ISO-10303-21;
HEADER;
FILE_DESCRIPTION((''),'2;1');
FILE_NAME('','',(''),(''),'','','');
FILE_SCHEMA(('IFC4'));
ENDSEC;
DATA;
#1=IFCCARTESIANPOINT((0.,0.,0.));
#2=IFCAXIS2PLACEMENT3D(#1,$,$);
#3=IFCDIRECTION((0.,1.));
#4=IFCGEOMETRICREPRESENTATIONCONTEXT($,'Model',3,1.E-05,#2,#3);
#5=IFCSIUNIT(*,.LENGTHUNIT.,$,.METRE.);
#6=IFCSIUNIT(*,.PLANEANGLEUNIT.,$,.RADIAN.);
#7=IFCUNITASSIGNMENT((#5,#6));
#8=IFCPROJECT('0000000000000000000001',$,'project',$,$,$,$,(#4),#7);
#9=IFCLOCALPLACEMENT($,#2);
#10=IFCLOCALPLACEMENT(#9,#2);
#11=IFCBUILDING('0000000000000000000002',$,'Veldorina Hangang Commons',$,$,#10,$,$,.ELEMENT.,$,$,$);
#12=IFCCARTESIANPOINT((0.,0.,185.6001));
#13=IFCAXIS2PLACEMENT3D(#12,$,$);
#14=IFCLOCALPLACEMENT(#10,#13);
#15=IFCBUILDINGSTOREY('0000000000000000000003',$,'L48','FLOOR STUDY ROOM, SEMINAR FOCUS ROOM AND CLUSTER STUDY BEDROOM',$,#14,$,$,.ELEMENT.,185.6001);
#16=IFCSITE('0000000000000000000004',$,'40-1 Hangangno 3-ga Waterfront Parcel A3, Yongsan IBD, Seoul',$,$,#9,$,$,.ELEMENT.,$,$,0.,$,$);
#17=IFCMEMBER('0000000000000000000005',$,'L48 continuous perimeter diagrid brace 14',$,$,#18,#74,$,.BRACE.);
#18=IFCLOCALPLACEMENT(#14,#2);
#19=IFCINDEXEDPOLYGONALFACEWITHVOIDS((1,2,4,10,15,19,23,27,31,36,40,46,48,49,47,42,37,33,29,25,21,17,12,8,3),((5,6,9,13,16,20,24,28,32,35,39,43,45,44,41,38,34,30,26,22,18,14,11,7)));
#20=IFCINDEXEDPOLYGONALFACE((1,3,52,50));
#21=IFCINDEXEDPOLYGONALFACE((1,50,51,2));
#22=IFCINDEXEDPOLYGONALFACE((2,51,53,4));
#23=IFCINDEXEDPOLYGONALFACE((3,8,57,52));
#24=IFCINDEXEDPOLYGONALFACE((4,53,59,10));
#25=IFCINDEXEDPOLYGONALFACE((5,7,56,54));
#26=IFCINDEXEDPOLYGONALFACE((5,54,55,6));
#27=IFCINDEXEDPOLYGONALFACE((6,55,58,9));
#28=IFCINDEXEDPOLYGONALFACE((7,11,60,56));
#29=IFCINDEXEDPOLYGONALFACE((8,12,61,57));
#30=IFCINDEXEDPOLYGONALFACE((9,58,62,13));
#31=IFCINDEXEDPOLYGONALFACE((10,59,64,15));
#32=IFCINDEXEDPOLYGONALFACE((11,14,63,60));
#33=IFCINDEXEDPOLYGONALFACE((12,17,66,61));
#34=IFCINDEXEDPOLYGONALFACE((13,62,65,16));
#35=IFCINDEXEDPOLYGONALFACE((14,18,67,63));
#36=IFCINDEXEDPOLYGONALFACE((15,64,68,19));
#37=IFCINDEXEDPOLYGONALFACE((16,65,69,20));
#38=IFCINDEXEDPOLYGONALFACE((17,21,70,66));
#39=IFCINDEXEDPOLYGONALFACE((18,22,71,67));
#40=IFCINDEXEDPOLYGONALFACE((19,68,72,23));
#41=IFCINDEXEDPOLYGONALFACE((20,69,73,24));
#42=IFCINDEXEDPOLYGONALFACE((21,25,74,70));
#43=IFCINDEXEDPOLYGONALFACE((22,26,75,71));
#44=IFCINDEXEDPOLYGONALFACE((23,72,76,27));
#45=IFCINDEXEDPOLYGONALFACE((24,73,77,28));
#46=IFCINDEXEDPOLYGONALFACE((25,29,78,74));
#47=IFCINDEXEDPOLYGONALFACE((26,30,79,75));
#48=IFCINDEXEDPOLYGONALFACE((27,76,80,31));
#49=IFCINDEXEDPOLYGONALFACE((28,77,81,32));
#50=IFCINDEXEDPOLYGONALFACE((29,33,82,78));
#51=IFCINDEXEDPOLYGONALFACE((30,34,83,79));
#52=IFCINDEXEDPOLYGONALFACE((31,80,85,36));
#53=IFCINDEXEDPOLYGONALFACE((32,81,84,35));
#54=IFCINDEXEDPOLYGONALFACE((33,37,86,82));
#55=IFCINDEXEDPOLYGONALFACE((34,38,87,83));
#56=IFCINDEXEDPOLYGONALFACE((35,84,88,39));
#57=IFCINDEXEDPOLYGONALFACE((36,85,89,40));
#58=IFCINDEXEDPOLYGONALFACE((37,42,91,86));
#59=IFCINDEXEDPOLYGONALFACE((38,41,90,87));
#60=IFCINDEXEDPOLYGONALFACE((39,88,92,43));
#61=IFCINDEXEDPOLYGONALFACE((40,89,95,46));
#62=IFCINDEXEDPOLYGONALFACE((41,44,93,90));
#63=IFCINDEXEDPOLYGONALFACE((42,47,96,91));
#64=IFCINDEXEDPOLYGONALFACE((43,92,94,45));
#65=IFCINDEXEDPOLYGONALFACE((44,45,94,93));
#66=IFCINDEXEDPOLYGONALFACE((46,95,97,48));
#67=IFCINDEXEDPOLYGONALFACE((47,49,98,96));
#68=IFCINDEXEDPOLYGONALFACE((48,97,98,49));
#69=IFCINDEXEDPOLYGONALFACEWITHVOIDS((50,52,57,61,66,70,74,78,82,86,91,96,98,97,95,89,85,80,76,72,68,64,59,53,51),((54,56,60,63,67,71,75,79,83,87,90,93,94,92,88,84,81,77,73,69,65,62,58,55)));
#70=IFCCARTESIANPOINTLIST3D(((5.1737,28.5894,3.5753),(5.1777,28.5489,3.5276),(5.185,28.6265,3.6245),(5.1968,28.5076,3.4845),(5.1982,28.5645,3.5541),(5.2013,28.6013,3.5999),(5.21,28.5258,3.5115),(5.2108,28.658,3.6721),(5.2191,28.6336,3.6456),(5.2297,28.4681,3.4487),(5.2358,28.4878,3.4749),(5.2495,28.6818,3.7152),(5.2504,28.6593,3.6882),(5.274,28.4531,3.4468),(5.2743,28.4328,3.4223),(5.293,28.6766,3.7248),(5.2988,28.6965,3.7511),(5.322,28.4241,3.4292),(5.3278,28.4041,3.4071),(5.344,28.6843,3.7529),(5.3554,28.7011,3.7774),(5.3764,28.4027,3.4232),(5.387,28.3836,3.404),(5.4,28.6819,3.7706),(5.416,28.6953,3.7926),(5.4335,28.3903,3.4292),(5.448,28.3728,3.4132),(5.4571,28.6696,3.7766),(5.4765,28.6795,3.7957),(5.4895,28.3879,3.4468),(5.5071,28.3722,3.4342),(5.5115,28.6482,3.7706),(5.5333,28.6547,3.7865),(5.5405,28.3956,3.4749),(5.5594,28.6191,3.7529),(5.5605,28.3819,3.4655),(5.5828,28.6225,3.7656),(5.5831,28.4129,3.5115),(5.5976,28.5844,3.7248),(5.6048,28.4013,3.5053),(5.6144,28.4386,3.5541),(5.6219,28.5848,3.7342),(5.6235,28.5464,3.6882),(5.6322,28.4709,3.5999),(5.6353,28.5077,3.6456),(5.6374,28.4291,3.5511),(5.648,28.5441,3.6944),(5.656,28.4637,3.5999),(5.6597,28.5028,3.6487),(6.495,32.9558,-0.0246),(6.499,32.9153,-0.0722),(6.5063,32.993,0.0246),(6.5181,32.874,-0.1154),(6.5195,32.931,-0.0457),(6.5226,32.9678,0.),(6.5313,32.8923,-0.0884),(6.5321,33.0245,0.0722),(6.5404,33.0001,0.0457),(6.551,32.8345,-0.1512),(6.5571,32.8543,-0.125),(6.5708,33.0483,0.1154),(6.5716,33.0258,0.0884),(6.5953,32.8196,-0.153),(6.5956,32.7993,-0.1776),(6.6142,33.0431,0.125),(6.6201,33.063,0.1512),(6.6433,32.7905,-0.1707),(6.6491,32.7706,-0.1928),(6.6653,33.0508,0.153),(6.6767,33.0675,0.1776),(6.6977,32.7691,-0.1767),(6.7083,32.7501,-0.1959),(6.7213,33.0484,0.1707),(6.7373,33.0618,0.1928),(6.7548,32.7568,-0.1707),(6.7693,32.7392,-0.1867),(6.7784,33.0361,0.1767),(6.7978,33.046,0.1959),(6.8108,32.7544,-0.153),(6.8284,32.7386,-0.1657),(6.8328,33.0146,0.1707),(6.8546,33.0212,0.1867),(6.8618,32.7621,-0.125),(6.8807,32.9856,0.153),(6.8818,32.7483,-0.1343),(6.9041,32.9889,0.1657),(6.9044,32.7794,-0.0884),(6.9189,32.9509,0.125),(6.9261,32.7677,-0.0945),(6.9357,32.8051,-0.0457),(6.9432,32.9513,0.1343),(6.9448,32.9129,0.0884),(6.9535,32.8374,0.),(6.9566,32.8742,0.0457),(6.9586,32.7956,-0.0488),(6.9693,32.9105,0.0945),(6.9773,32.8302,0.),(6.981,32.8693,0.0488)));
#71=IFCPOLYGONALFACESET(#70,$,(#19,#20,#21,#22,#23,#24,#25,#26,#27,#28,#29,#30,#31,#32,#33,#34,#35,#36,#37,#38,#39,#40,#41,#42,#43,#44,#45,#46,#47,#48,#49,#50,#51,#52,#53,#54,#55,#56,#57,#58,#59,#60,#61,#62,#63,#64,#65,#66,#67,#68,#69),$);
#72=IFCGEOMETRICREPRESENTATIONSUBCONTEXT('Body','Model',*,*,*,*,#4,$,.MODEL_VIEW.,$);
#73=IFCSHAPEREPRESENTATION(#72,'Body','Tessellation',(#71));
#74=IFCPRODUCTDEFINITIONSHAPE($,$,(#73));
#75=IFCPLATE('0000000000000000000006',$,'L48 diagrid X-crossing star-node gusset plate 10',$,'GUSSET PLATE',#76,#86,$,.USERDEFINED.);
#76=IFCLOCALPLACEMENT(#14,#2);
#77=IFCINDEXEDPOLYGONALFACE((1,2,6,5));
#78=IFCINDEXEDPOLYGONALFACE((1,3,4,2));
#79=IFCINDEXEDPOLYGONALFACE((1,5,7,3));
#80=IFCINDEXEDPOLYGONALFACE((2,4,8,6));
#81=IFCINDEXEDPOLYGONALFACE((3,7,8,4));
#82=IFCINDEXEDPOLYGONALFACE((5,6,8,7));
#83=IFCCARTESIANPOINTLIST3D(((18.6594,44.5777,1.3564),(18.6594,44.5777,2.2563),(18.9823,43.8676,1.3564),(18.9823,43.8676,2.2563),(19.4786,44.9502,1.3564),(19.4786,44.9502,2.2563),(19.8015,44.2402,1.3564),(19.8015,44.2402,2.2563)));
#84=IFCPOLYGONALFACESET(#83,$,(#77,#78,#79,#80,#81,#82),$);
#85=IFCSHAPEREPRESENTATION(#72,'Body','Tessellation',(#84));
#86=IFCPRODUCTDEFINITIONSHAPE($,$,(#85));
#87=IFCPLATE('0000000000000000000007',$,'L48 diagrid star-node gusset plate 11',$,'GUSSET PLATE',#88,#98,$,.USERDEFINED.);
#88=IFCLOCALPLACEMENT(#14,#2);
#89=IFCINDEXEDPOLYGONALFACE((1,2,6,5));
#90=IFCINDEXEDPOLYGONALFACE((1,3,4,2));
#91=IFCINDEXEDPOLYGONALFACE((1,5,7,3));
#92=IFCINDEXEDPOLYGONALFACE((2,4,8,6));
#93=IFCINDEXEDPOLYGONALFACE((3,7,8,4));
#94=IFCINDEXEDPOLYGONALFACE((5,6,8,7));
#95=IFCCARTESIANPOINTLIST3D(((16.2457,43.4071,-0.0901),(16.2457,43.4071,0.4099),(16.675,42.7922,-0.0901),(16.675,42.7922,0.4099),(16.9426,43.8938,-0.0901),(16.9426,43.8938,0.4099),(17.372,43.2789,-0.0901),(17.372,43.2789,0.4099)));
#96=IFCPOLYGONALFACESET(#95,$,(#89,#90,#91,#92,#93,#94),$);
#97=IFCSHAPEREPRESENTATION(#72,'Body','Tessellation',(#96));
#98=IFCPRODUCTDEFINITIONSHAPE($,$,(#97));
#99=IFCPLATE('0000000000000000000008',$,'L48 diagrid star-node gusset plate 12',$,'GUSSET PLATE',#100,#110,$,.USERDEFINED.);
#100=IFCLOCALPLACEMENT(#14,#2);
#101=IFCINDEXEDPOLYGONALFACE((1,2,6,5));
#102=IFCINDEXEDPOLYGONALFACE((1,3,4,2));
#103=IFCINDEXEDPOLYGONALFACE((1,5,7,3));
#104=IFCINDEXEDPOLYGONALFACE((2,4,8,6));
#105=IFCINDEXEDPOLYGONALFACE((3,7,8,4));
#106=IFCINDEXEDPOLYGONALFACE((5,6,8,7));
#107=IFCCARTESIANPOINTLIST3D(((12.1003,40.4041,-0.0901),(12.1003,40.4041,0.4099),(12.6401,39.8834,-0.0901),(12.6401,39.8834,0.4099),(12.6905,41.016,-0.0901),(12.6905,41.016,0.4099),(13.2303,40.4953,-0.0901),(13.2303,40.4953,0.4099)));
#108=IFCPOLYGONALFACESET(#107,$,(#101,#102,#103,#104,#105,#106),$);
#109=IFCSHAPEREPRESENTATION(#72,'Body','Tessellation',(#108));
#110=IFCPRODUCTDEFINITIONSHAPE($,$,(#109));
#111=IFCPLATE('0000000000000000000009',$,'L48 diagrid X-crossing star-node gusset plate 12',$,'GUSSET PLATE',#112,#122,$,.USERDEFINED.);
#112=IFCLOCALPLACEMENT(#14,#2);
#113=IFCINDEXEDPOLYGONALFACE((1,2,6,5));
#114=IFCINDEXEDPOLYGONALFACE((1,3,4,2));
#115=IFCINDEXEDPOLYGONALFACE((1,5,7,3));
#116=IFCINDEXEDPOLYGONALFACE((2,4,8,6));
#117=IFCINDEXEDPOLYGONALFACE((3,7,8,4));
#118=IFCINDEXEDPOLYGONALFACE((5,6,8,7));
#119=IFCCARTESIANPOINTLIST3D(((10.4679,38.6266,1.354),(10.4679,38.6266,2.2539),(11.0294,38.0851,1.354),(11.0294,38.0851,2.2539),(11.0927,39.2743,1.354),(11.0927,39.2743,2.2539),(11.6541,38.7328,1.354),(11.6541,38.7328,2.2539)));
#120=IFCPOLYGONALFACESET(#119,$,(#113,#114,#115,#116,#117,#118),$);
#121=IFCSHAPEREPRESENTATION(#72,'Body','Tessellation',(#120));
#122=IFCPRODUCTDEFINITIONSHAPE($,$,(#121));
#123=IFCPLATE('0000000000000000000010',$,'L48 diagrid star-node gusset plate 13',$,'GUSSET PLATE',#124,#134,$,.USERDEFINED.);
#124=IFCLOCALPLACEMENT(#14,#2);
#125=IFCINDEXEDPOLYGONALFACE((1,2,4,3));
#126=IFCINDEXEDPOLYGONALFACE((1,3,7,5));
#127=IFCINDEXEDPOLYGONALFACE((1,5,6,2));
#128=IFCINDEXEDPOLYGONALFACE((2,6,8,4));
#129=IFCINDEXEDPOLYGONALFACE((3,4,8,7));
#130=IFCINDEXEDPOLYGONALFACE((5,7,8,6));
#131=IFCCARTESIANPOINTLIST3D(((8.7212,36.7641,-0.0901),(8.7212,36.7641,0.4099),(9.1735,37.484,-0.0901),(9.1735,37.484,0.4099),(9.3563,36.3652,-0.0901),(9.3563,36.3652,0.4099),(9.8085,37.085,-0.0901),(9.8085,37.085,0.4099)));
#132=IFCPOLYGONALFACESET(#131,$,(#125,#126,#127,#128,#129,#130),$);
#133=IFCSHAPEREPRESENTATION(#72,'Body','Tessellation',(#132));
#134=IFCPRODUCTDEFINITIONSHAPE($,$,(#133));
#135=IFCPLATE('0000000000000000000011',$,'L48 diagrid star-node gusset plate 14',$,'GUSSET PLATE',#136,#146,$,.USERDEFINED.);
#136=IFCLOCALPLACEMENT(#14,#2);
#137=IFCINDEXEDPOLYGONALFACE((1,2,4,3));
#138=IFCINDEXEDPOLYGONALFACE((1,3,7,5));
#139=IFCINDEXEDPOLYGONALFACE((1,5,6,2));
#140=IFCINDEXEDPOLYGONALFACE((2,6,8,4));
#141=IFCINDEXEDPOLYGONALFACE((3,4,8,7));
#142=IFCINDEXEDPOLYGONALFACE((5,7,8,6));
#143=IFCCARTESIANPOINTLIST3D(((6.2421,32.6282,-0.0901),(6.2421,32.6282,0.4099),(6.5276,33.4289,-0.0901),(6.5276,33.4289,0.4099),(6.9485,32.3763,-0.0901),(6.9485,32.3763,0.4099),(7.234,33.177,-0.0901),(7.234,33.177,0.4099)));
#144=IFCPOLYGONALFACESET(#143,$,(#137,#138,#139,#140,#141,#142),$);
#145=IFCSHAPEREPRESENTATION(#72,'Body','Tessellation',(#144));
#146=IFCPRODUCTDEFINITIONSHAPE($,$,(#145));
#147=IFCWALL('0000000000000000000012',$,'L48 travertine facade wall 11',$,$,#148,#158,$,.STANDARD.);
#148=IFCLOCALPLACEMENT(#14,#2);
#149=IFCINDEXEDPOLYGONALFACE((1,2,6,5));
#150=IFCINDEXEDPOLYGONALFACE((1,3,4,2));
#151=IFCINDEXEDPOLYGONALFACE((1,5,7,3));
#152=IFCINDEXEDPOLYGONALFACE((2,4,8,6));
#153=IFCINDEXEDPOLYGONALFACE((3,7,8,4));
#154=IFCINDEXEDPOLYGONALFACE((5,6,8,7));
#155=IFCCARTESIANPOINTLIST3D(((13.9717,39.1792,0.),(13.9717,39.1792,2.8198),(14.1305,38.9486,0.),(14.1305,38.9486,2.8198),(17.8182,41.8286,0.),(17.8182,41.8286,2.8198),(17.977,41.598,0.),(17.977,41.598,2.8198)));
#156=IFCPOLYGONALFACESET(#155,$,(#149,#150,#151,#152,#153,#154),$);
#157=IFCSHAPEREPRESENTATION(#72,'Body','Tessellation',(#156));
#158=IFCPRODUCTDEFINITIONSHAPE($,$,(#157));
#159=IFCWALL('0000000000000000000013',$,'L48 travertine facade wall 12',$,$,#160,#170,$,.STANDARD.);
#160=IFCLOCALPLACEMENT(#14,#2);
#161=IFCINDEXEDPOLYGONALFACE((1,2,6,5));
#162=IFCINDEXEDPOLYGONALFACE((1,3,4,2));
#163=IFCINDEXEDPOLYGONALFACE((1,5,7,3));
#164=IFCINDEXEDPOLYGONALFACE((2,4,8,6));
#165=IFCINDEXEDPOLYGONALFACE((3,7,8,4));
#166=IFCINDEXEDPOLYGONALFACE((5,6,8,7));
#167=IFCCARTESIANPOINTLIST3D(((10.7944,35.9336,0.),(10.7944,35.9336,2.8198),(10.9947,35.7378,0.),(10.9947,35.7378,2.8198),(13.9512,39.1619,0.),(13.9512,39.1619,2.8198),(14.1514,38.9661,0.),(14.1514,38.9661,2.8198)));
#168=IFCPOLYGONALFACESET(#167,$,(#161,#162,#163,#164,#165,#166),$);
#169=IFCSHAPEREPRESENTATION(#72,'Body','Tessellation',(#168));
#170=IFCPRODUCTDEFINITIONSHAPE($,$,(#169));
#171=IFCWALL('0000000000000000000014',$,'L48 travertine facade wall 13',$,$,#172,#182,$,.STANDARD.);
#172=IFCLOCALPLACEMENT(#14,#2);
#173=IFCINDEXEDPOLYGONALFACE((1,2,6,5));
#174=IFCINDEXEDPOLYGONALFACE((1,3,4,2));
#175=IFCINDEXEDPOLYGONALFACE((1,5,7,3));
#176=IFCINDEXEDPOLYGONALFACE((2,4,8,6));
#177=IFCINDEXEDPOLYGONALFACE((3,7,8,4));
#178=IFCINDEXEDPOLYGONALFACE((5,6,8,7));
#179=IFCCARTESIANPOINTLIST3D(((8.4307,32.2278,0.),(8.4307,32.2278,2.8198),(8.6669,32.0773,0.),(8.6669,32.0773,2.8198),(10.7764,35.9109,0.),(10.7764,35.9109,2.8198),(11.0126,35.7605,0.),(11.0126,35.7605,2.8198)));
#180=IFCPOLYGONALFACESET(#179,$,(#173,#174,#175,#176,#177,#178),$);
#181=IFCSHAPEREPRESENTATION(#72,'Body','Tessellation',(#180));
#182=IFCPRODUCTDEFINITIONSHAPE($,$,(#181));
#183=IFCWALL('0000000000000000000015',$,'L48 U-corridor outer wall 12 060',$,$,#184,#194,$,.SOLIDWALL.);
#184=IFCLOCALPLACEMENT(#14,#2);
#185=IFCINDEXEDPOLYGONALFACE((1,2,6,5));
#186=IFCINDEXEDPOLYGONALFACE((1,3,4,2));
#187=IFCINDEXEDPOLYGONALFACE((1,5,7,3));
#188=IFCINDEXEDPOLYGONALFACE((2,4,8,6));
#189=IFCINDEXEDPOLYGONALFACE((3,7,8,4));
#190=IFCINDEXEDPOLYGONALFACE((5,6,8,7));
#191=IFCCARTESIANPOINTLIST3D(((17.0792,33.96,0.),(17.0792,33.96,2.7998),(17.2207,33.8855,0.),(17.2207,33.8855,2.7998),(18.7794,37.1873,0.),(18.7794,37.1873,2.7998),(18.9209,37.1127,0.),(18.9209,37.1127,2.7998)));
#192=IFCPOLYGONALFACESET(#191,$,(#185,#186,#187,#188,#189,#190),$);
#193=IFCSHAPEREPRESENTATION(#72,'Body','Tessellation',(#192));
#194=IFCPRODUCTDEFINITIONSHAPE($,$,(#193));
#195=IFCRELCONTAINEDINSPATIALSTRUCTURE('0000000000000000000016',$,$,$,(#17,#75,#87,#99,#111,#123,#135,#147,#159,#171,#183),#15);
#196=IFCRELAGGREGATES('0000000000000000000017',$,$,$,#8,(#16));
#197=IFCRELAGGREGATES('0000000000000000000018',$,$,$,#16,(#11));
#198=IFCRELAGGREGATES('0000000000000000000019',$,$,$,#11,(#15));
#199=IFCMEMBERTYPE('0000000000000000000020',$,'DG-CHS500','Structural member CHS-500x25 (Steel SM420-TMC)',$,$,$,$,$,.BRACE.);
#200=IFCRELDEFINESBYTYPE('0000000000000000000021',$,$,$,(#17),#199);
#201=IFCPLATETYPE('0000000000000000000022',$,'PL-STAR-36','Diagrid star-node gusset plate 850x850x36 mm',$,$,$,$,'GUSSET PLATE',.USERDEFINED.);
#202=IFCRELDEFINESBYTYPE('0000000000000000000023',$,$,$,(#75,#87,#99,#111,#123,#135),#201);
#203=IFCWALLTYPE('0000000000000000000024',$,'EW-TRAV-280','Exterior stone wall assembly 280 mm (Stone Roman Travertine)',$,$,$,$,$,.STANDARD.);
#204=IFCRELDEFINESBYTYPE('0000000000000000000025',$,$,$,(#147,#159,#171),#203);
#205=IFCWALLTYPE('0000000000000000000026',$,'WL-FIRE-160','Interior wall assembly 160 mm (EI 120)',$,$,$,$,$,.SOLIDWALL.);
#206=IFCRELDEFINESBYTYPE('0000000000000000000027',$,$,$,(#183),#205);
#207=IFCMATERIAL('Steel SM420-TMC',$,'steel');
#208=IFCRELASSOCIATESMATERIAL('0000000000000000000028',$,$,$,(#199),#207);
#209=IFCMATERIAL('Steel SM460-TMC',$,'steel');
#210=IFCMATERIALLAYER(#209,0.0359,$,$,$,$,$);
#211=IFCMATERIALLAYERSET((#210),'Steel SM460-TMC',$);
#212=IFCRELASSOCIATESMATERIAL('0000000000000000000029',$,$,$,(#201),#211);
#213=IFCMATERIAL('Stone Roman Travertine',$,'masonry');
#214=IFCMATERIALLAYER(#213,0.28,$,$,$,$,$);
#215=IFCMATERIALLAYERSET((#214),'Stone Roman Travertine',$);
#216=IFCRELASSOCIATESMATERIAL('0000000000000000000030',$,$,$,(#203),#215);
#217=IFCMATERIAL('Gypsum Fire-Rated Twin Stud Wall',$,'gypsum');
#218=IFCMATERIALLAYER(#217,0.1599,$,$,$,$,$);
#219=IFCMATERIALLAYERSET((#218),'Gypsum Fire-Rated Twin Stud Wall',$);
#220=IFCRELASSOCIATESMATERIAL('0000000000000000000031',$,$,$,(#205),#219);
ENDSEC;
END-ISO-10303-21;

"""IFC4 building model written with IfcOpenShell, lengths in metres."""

from ifc_helpers import new_model, si_unit, direction, frame, frame_2d, origin, origin_2d, place, context, subcontext, project, spatial, rectangle, hollow_circle, extrude, material, layer, layer_set, material_profile, profile_set, type_object, element, save


model = new_model("IFC4")

# Units and contexts
model_context = context("Model", 3, precision=1e-05, world=origin(), true_north=direction((0.0, 1.0)))
body_context = subcontext(model_context, "Body", "Model", "MODEL_VIEW")
ifc_project = project(units=[si_unit("LENGTHUNIT", "METRE"), si_unit("PLANEANGLEUNIT", "RADIAN")], contexts=[model_context])

# Site, building, storey
site_placement = place(None, origin())
site = spatial("IfcSite", under=ifc_project, at=site_placement, Name="40-1 Hangangno 3-ga Waterfront Parcel A3, Yongsan IBD, Seoul", CompositionType="ELEMENT", RefElevation=0.0)
building_placement = place(site_placement, origin())
building = spatial("IfcBuilding", under=site, at=building_placement, Name="Veldorina Hangang Commons", CompositionType="ELEMENT")
storey_placement = place(building_placement, frame((0.0, 0.0, 185.6001)))
storey = spatial("IfcBuildingStorey", under=building, at=storey_placement, Name="L48", Description="FLOOR STUDY ROOM, SEMINAR FOCUS ROOM AND CLUSTER STUDY BEDROOM", CompositionType="ELEMENT", Elevation=185.6001)

# Shared definitions
ifc_material_1 = material(Name="Steel SM420-TMC", Category="steel")

# Member
ifc_material_profile_1 = material_profile(ifc_material_1, hollow_circle(Radius=0.25, WallThickness=0.0249, at=origin_2d()), Name="CHS-500x25")
ifc_profile_set_1 = profile_set([ifc_material_profile_1], Name="Steel SM420-TMC")
member_type = type_object("IfcMemberType", Name="DG-CHS500", Description="Structural member CHS-500x25 (Steel SM420-TMC)", PredefinedType="BRACE", material=ifc_profile_set_1)
member_1_placement = place(storey_placement, frame((6.738, 32.9026, 0.0), z_axis=(-0.227367, -0.751379, 0.619462), x_axis=(0.957139, -0.28963, 0.0)))
element("IfcMember", 1, at=member_1_placement, inside=storey, type_object=member_type, Name="L48 continuous perimeter diagrid brace 14", PredefinedType="BRACE", context=body_context, shape_type="SweptSolid", body=[
    extrude(hollow_circle(Radius=0.25, WallThickness=0.0249, at=origin_2d()), origin(), (0.0, 0.0, 1.0), 5.8113),
])

# Plates
ifc_material_2 = material(Name="Steel SM460-TMC", Category="steel")
ifc_layer_1 = layer(ifc_material_2, 0.0359)
ifc_layer_set_1 = layer_set([ifc_layer_1], Name="Steel SM460-TMC")
plate_type = type_object("IfcPlateType", Name="PL-STAR-36", Description="Diagrid star-node gusset plate 850x850x36 mm", ElementType="GUSSET PLATE", PredefinedType="USERDEFINED", material=ifc_layer_set_1)
plate_1_placement = place(storey_placement, frame((19.2305, 44.4089, 1.3564), z_axis=(0.0, 0.0, 1.0), x_axis=(-0.910294, -0.413963, 0.0)))
element("IfcPlate", 2, at=plate_1_placement, inside=storey, type_object=plate_type, Name="L48 diagrid X-crossing star-node gusset plate 10", ObjectType="GUSSET PLATE", PredefinedType="USERDEFINED", context=body_context, shape_type="SweptSolid", body=[
    extrude(rectangle(XDim=0.8999, YDim=0.78, at=origin_2d()), origin(), (0.0, 0.0, 1.0), 0.8999),
])
for number, where, z_axis, x_axis, name in (
    (3, (16.8088, 43.343, -0.0901), (0.0, 0.0, 1.0), (-0.819902, -0.572504, 0.0), "L48 diagrid star-node gusset plate 11"),
    (4, (12.6653, 40.4497, -0.0901), (0.0, 0.0, 1.0), (-0.694257, -0.719728, 0.0), "L48 diagrid star-node gusset plate 12"),
):
    element("IfcPlate", number, at=place(storey_placement, frame(where, z_axis=z_axis, x_axis=x_axis)), inside=storey, type_object=plate_type, Name=name, ObjectType="GUSSET PLATE", PredefinedType="USERDEFINED", context=body_context, shape_type="SweptSolid", body=[
        extrude(rectangle(XDim=0.8501, YDim=0.75, at=origin_2d()), origin(), (0.0, 0.0, 1.0), 0.5),
    ])
plate_2_placement = place(storey_placement, frame((11.061, 38.6797, 1.354), z_axis=(0.0, 0.0, 1.0), x_axis=(-0.694257, -0.719728, 0.0)))
element("IfcPlate", 5, at=plate_2_placement, inside=storey, type_object=plate_type, Name="L48 diagrid X-crossing star-node gusset plate 12", ObjectType="GUSSET PLATE", PredefinedType="USERDEFINED", context=body_context, shape_type="SweptSolid", body=[
    extrude(rectangle(XDim=0.8999, YDim=0.78, at=origin_2d()), origin(), (0.0, 0.0, 1.0), 0.8999),
])
for number, where, z_axis, x_axis, name in (
    (6, (9.2649, 36.9246, -0.0901), (0.0, 0.0, 1.0), (-0.531975, -0.84676, 0.0), "L48 diagrid star-node gusset plate 13"),
    (7, (6.738, 32.9026, -0.0901), (0.0, 0.0, 1.0), (-0.33583, -0.941923, 0.0), "L48 diagrid star-node gusset plate 14"),
):
    element("IfcPlate", number, at=place(storey_placement, frame(where, z_axis=z_axis, x_axis=x_axis)), inside=storey, type_object=plate_type, Name=name, ObjectType="GUSSET PLATE", PredefinedType="USERDEFINED", context=body_context, shape_type="SweptSolid", body=[
        extrude(rectangle(XDim=0.8501, YDim=0.75, at=origin_2d()), origin(), (0.0, 0.0, 1.0), 0.5),
    ])

# Walls
ifc_material_3 = material(Name="Stone Roman Travertine", Category="masonry")
ifc_layer_2 = layer(ifc_material_3, 0.28)
ifc_layer_set_2 = layer_set([ifc_layer_2], Name="Stone Roman Travertine")
wall_type_1 = type_object("IfcWallType", Name="EW-TRAV-280", Description="Exterior stone wall assembly 280 mm (Stone Roman Travertine)", PredefinedType="STANDARD", material=ifc_layer_set_2)
wall_1_placement = place(storey_placement, frame((17.8977, 41.7134, 0.0), z_axis=(0.0, 0.0, 1.0), x_axis=(-0.823543, -0.567254, 0.0)))
element("IfcWall", 8, at=wall_1_placement, inside=storey, type_object=wall_type_1, Name="L48 travertine facade wall 11", PredefinedType="STANDARD", context=body_context, shape_type="SweptSolid", body=[
    extrude(rectangle(XDim=4.6707, YDim=0.28, at=frame_2d((2.3354, 0.0))), origin(), (0.0, 0.0, 1.0), 2.8198),
])
wall_2_placement = place(storey_placement, frame((14.0513, 39.064, 0.0), z_axis=(0.0, 0.0, 1.0), x_axis=(-0.699141, -0.714984, 0.0)))
element("IfcWall", 9, at=wall_2_placement, inside=storey, type_object=wall_type_1, Name="L48 travertine facade wall 12", PredefinedType="STANDARD", context=body_context, shape_type="SweptSolid", body=[
    extrude(rectangle(XDim=4.5151, YDim=0.28, at=frame_2d((2.2576, 0.0))), origin(), (0.0, 0.0, 1.0), 2.8198),
])
wall_3_placement = place(storey_placement, frame((10.8945, 35.8357, 0.0), z_axis=(0.0, 0.0, 1.0), x_axis=(-0.537187, -0.843463, 0.0)))
element("IfcWall", 10, at=wall_3_placement, inside=storey, type_object=wall_type_1, Name="L48 travertine facade wall 13", PredefinedType="STANDARD", context=body_context, shape_type="SweptSolid", body=[
    extrude(rectangle(XDim=4.3667, YDim=0.28, at=frame_2d((2.1833, 0.0))), origin(), (0.0, 0.0, 1.0), 2.8198),
])
ifc_material_4 = material(Name="Gypsum Fire-Rated Twin Stud Wall", Category="gypsum")
ifc_layer_3 = layer(ifc_material_4, 0.1599)
ifc_layer_set_3 = layer_set([ifc_layer_3], Name="Gypsum Fire-Rated Twin Stud Wall")
wall_type_2 = type_object("IfcWallType", Name="WL-FIRE-160", Description="Interior wall assembly 160 mm (EI 120)", PredefinedType="SOLIDWALL", material=ifc_layer_set_3)
wall_4_placement = place(storey_placement, frame((18.8501, 37.1499, 0.0), z_axis=(0.0, 0.0, 1.0), x_axis=(-0.466094, -0.884735, 0.0)))
element("IfcWall", 11, at=wall_4_placement, inside=storey, type_object=wall_type_2, Name="L48 U-corridor outer wall 12 060", PredefinedType="SOLIDWALL", context=body_context, shape_type="SweptSolid", body=[
    extrude(rectangle(XDim=3.6477, YDim=0.1599, at=frame_2d((1.8237, 0.0))), origin(), (0.0, 0.0, 1.0), 2.7998),
])

save(model, "model.ifc")
